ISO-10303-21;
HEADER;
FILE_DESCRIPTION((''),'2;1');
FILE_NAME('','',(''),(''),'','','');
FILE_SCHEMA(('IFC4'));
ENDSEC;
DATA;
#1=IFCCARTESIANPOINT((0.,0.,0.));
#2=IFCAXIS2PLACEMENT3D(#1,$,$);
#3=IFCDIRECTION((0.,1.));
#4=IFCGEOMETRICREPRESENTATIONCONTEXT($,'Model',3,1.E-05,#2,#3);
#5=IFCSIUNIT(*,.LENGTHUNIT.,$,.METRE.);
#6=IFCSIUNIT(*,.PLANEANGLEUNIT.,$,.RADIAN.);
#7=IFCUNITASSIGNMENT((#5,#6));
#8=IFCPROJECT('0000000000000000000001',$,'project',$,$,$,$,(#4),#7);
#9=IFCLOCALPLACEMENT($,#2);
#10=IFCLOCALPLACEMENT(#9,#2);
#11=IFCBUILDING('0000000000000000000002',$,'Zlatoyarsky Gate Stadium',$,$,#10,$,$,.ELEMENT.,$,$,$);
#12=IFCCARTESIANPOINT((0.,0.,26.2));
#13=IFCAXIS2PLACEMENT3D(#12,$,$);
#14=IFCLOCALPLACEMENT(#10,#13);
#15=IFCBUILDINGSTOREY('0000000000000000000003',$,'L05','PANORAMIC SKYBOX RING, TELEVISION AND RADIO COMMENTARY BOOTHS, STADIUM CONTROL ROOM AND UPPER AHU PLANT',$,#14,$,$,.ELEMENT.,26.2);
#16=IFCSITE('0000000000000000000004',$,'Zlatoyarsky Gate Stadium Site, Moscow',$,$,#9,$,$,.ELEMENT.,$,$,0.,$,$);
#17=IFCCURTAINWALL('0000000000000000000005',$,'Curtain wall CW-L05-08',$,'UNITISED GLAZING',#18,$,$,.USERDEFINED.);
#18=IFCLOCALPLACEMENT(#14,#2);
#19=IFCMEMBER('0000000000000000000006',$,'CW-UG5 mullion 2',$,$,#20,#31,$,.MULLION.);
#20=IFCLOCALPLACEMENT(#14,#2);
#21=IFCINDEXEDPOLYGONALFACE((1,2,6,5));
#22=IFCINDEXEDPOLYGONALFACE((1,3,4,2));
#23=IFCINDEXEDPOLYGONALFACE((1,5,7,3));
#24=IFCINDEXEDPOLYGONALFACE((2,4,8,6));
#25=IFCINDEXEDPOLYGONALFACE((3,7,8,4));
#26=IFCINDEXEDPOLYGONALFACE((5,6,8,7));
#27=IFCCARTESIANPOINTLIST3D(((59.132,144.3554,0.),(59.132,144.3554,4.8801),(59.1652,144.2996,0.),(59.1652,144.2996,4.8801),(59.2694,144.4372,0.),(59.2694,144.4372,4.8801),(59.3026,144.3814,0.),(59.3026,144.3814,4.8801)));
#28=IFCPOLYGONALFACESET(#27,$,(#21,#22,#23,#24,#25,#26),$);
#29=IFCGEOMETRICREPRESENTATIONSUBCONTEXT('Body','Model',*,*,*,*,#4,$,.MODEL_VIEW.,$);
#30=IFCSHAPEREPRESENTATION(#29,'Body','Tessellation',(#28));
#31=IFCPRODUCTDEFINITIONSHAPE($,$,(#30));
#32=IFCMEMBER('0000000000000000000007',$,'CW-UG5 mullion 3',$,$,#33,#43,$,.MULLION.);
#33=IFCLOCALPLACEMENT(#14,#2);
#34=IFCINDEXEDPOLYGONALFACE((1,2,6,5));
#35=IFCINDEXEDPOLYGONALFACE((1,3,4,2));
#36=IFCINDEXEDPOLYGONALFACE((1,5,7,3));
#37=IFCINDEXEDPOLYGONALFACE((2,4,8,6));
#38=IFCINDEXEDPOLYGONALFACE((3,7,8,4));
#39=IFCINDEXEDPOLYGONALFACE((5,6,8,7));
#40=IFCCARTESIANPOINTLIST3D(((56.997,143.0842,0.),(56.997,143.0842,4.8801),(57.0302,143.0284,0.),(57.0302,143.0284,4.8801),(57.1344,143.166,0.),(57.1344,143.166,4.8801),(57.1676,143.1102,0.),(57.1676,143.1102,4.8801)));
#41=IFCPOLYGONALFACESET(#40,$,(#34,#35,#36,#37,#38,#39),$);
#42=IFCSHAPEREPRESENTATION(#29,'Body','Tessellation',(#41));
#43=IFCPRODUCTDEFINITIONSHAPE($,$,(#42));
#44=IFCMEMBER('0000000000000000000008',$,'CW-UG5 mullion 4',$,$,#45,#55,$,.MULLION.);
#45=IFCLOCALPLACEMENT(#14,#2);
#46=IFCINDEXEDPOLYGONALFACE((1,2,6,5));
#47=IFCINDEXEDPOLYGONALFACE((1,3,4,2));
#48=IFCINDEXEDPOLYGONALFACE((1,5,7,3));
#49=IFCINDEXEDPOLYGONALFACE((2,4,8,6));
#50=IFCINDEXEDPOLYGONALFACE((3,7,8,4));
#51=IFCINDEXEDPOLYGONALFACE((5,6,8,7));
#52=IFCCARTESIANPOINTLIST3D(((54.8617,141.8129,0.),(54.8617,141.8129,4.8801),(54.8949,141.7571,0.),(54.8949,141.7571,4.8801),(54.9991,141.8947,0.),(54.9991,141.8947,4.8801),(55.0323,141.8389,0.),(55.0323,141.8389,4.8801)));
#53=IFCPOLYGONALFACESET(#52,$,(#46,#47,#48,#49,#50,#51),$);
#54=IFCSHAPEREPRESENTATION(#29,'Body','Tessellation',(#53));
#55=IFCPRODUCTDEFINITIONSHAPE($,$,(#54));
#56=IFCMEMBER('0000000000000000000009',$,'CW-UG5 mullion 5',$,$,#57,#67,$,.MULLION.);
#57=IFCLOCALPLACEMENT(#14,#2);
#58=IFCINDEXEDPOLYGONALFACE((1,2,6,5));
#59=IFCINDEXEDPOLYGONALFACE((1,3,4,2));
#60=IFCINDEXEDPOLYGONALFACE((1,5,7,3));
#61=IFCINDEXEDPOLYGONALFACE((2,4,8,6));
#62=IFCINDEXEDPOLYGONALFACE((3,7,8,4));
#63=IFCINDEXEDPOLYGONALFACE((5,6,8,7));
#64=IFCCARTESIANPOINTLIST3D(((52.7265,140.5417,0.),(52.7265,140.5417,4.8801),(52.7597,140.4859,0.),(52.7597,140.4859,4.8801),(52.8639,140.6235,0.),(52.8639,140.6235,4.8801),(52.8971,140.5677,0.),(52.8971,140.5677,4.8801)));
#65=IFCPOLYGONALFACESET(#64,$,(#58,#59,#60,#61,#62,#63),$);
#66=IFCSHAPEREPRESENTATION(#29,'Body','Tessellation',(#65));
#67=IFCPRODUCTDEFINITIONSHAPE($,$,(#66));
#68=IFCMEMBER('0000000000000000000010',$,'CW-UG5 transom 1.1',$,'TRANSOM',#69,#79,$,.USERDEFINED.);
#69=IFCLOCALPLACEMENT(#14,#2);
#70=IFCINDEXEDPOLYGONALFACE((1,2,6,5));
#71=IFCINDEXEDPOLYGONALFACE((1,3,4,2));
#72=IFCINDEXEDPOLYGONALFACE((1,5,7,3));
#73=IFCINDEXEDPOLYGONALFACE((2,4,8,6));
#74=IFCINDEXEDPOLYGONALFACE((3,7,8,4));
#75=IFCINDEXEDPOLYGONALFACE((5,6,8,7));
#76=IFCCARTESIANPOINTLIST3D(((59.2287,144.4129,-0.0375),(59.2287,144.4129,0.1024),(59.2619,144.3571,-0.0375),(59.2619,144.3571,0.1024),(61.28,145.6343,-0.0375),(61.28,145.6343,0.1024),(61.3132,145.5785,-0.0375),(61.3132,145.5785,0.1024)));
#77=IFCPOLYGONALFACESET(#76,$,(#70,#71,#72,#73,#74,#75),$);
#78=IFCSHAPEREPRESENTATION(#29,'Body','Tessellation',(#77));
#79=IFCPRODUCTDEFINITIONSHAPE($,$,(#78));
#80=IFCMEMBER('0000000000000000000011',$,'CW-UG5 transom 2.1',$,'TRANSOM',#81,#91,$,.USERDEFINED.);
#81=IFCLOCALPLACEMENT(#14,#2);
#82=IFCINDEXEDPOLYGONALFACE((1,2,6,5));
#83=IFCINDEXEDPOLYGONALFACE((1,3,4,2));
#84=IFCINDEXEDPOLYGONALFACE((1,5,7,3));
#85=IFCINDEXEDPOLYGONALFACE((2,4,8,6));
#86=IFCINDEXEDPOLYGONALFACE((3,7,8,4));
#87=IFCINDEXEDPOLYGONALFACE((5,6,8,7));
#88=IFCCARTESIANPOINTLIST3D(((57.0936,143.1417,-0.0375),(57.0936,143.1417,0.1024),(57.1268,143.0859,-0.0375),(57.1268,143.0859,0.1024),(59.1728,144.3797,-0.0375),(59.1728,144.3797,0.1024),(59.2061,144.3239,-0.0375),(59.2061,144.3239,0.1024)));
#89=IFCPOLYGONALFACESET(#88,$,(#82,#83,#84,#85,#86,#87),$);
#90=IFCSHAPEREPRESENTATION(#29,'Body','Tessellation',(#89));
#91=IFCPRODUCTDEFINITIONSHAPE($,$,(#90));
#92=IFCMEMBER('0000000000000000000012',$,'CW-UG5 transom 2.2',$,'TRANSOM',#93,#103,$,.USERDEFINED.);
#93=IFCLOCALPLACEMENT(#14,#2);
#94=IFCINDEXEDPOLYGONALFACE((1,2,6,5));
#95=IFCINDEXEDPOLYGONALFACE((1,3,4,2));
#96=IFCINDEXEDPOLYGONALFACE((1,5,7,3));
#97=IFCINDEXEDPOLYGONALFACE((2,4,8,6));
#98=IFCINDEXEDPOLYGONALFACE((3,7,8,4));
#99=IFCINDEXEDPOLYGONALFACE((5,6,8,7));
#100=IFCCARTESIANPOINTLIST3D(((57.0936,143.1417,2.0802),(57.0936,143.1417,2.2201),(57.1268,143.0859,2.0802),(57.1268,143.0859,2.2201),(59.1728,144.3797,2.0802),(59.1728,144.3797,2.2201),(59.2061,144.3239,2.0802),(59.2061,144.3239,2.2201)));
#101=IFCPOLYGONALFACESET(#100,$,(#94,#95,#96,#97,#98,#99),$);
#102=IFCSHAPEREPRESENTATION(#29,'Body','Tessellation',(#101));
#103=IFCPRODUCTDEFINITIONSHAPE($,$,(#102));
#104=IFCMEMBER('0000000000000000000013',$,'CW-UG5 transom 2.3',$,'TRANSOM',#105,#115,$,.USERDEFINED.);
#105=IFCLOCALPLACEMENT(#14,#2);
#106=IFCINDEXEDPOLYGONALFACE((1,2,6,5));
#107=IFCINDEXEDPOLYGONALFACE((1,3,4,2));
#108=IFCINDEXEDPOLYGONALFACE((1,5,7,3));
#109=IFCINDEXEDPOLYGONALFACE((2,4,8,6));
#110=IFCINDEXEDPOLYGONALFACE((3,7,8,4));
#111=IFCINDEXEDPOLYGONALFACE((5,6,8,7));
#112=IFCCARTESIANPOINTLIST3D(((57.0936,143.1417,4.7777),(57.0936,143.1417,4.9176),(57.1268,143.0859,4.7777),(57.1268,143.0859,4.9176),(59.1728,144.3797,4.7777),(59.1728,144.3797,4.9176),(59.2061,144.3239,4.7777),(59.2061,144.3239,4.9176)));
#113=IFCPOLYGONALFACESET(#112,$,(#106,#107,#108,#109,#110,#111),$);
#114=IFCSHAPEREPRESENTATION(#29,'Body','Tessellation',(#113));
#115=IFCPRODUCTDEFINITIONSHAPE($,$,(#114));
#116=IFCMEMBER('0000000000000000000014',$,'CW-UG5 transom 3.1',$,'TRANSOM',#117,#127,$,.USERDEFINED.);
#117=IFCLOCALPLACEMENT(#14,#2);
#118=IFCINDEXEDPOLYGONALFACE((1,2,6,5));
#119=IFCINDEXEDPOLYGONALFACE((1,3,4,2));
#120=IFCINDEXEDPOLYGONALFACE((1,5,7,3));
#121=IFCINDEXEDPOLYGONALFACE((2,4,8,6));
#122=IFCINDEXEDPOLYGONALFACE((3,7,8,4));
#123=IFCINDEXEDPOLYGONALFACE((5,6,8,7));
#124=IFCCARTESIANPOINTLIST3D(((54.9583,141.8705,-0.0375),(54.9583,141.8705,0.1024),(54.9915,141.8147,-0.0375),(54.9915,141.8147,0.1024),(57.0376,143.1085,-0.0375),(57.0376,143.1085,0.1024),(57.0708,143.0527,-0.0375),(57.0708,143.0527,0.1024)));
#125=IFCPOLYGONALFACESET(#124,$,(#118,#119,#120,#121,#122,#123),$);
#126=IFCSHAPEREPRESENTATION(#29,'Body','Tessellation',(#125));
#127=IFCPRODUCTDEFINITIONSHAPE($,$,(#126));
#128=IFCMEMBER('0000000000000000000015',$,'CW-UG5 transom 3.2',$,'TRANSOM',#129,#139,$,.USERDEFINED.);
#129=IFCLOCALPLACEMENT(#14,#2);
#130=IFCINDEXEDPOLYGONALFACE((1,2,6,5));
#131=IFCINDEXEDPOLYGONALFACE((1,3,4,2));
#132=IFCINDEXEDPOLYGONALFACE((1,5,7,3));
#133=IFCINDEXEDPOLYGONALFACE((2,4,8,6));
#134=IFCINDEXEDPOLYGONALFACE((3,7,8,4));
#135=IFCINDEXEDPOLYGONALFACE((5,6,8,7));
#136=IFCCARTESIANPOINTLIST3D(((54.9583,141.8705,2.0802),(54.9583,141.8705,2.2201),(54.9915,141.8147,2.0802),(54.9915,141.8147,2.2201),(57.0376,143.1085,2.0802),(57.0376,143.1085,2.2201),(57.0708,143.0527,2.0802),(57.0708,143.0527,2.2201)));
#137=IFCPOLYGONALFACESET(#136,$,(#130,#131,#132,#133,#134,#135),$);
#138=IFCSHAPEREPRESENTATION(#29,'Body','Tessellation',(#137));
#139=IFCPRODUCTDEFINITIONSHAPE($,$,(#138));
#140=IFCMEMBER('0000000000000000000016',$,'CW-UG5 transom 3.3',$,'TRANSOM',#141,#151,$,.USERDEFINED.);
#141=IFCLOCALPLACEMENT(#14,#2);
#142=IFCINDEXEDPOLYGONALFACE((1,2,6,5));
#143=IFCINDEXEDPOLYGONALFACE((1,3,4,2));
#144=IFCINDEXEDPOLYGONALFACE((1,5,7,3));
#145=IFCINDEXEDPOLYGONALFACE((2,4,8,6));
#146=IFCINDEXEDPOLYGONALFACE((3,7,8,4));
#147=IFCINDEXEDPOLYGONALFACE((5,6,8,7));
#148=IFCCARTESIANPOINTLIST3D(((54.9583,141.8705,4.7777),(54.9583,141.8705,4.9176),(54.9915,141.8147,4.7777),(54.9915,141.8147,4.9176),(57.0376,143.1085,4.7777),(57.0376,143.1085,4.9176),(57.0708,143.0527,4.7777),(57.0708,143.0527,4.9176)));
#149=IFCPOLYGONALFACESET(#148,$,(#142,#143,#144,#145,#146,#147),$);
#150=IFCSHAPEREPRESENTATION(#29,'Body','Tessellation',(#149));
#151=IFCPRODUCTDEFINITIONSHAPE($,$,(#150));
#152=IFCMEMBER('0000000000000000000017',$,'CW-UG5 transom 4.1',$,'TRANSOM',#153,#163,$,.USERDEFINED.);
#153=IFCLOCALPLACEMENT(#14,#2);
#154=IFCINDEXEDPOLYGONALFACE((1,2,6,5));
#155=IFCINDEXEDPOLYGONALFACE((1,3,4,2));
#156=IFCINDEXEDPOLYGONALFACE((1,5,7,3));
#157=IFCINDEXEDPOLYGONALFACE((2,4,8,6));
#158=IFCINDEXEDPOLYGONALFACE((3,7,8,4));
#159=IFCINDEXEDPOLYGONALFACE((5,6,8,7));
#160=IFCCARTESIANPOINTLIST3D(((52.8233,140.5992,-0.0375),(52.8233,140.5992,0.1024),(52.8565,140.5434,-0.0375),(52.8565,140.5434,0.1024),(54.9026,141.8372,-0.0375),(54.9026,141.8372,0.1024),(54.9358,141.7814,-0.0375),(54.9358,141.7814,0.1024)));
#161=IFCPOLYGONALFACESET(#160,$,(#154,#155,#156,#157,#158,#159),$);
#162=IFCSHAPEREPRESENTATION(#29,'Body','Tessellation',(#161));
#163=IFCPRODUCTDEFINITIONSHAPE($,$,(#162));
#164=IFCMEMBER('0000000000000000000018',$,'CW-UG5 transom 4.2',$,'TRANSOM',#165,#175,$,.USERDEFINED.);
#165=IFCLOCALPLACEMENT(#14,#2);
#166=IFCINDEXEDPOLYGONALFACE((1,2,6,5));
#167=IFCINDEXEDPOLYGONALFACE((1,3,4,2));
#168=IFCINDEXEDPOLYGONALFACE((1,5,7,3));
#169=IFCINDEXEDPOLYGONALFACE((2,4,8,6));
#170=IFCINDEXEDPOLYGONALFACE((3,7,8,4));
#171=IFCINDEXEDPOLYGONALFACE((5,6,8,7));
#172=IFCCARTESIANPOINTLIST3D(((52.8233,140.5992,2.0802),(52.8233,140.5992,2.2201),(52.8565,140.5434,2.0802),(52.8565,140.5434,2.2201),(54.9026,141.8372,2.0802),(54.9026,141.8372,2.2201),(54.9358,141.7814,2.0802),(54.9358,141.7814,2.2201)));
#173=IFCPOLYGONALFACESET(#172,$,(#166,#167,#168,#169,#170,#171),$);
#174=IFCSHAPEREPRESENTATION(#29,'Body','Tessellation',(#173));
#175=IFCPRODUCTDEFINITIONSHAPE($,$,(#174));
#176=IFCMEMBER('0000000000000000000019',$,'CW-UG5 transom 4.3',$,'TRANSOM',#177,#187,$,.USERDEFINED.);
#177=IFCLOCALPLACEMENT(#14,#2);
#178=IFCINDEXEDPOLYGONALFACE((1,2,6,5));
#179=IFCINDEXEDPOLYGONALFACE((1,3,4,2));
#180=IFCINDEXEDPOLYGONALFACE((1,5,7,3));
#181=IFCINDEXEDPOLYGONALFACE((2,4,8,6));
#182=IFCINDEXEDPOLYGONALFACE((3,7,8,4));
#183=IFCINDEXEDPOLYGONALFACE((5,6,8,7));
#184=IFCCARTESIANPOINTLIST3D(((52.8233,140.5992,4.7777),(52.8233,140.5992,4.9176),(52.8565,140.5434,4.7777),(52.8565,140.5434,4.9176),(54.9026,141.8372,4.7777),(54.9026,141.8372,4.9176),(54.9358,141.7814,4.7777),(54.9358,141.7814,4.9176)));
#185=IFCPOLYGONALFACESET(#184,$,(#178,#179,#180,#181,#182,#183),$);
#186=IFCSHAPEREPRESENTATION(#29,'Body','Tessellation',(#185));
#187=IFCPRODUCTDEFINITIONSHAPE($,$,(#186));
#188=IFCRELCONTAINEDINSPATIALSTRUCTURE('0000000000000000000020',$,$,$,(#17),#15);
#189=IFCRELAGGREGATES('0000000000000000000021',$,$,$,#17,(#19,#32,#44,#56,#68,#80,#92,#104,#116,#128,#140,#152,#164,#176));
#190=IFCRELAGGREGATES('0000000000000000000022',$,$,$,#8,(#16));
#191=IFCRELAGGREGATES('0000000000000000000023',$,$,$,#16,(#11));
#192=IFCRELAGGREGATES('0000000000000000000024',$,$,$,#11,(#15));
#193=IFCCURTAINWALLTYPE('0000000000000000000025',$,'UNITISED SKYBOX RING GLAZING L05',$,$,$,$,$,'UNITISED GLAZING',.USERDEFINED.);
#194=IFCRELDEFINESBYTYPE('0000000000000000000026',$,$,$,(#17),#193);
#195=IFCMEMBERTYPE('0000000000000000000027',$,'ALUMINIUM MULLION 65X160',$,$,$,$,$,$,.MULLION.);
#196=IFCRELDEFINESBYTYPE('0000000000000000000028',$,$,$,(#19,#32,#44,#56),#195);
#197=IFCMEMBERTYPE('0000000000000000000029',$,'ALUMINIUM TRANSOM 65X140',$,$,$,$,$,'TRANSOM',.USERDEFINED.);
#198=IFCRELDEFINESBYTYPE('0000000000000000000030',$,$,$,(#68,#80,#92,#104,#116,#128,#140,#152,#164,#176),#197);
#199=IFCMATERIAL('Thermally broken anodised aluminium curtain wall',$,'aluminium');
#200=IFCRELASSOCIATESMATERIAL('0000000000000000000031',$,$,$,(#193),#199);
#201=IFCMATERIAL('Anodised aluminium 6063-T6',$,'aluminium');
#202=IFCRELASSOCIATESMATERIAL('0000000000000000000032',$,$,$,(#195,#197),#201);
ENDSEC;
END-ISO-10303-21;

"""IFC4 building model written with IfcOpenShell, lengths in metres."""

from ifc_helpers import new_model, si_unit, direction, frame, origin, origin_2d, place, context, subcontext, project, spatial, rectangle, extrude, material, material_profile, profile_set, type_object, element, aggregate, save


model = new_model("IFC4")

# Units and contexts
model_context = context("Model", 3, precision=1e-05, world=origin(), true_north=direction((0.0, 1.0)))
body_context = subcontext(model_context, "Body", "Model", "MODEL_VIEW")
ifc_project = project(units=[si_unit("LENGTHUNIT", "METRE"), si_unit("PLANEANGLEUNIT", "RADIAN")], contexts=[model_context])

# Site, building, storey
site_placement = place(None, origin())
site = spatial("IfcSite", under=ifc_project, at=site_placement, Name="Zlatoyarsky Gate Stadium Site, Moscow", CompositionType="ELEMENT", RefElevation=0.0)
building_placement = place(site_placement, origin())
building = spatial("IfcBuilding", under=site, at=building_placement, Name="Zlatoyarsky Gate Stadium", CompositionType="ELEMENT")
storey_placement = place(building_placement, frame((0.0, 0.0, 26.2)))
storey = spatial("IfcBuildingStorey", under=building, at=storey_placement, Name="L05", Description="PANORAMIC SKYBOX RING, TELEVISION AND RADIO COMMENTARY BOOTHS, STADIUM CONTROL ROOM AND UPPER AHU PLANT", CompositionType="ELEMENT", Elevation=26.2)

# Curtain wall, members
ifc_material_1 = material(Name="Thermally broken anodised aluminium curtain wall", Category="aluminium")
curtain_wall_type = type_object("IfcCurtainWallType", Name="UNITISED SKYBOX RING GLAZING L05", ElementType="UNITISED GLAZING", PredefinedType="USERDEFINED", material=ifc_material_1)
curtain_wall_placement = place(storey_placement, origin())
curtain_wall = element("IfcCurtainWall", 1, at=curtain_wall_placement, inside=storey, type_object=curtain_wall_type, Name="Curtain wall CW-L05-08", ObjectType="UNITISED GLAZING", PredefinedType="USERDEFINED")
ifc_material_2 = material(Name="Anodised aluminium 6063-T6", Category="aluminium")
ifc_material_profile_1 = material_profile(ifc_material_2, rectangle(XDim=0.0649, YDim=0.1599, at=origin_2d()), Name="ALU 65X160")
ifc_profile_set_1 = profile_set([ifc_material_profile_1], Name="Anodised aluminium 6063-T6")
member_type_1 = type_object("IfcMemberType", Name="ALUMINIUM MULLION 65X160", PredefinedType="MULLION", material=ifc_profile_set_1)
member_1_placement = place(storey_placement, frame((59.2173, 144.3684, 0.0), z_axis=(0.0, 0.0, 1.0), x_axis=(0.511575, -0.859239, 0.0)))
member_1 = element("IfcMember", 2, at=member_1_placement, type_object=member_type_1, Name="CW-UG5 mullion 2", PredefinedType="MULLION", context=body_context, shape_type="SweptSolid", body=[
    extrude(rectangle(XDim=0.0649, YDim=0.1599, at=origin_2d()), origin(), (0.0, 0.0, 1.0), 4.8801),
])
member_2_placement = place(storey_placement, frame((57.0823, 143.0972, 0.0), z_axis=(0.0, 0.0, 1.0), x_axis=(0.511575, -0.859239, 0.0)))
member_2 = element("IfcMember", 3, at=member_2_placement, type_object=member_type_1, Name="CW-UG5 mullion 3", PredefinedType="MULLION", context=body_context, shape_type="SweptSolid", body=[
    extrude(rectangle(XDim=0.0649, YDim=0.1599, at=origin_2d()), origin(), (0.0, 0.0, 1.0), 4.8801),
])
member_3_placement = place(storey_placement, frame((54.947, 141.8259, 0.0), z_axis=(0.0, 0.0, 1.0), x_axis=(0.511575, -0.859239, 0.0)))
member_3 = element("IfcMember", 4, at=member_3_placement, type_object=member_type_1, Name="CW-UG5 mullion 4", PredefinedType="MULLION", context=body_context, shape_type="SweptSolid", body=[
    extrude(rectangle(XDim=0.0649, YDim=0.1599, at=origin_2d()), origin(), (0.0, 0.0, 1.0), 4.8801),
])
member_4_placement = place(storey_placement, frame((52.8118, 140.5547, 0.0), z_axis=(0.0, 0.0, 1.0), x_axis=(0.511575, -0.859239, 0.0)))
member_4 = element("IfcMember", 5, at=member_4_placement, type_object=member_type_1, Name="CW-UG5 mullion 5", PredefinedType="MULLION", context=body_context, shape_type="SweptSolid", body=[
    extrude(rectangle(XDim=0.0649, YDim=0.1599, at=origin_2d()), origin(), (0.0, 0.0, 1.0), 4.8801),
])
ifc_material_profile_2 = material_profile(ifc_material_2, rectangle(XDim=0.0649, YDim=0.1399, at=origin_2d()), Name="ALU 65X140")
ifc_profile_set_2 = profile_set([ifc_material_profile_2], Name="Anodised aluminium 6063-T6")
member_type_2 = type_object("IfcMemberType", Name="ALUMINIUM TRANSOM 65X140", ElementType="TRANSOM", PredefinedType="USERDEFINED", material=ifc_profile_set_2)
member_5_placement = place(storey_placement, frame((61.2966, 145.6064, 0.0325), z_axis=(-0.859212, -0.51162, 0.0), x_axis=(0.51162, -0.859212, 0.0)))
member_5 = element("IfcMember", 6, at=member_5_placement, type_object=member_type_2, Name="CW-UG5 transom 1.1", ObjectType="TRANSOM", PredefinedType="USERDEFINED", context=body_context, shape_type="SweptSolid", body=[
    extrude(rectangle(XDim=0.0649, YDim=0.1399, at=origin_2d()), origin(), (0.0, 0.0, 1.0), 2.3875),
])
member_6_placement = place(storey_placement, frame((59.1895, 144.3518, 0.0325), z_axis=(-0.859233, -0.511585, 0.0), x_axis=(0.511585, -0.859233, 0.0)))
member_6 = element("IfcMember", 7, at=member_6_placement, type_object=member_type_2, Name="CW-UG5 transom 2.1", ObjectType="TRANSOM", PredefinedType="USERDEFINED", context=body_context, shape_type="SweptSolid", body=[
    extrude(rectangle(XDim=0.0649, YDim=0.1399, at=origin_2d()), origin(), (0.0, 0.0, 1.0), 2.4199),
])
member_7_placement = place(storey_placement, frame((59.1895, 144.3518, 2.1501), z_axis=(-0.859233, -0.511585, 0.0), x_axis=(0.511585, -0.859233, 0.0)))
member_7 = element("IfcMember", 8, at=member_7_placement, type_object=member_type_2, Name="CW-UG5 transom 2.2", ObjectType="TRANSOM", PredefinedType="USERDEFINED", context=body_context, shape_type="SweptSolid", body=[
    extrude(rectangle(XDim=0.0649, YDim=0.1399, at=origin_2d()), origin(), (0.0, 0.0, 1.0), 2.4199),
])
member_8_placement = place(storey_placement, frame((59.1895, 144.3518, 4.8477), z_axis=(-0.859233, -0.511585, 0.0), x_axis=(0.511585, -0.859233, 0.0)))
member_8 = element("IfcMember", 9, at=member_8_placement, type_object=member_type_2, Name="CW-UG5 transom 2.3", ObjectType="TRANSOM", PredefinedType="USERDEFINED", context=body_context, shape_type="SweptSolid", body=[
    extrude(rectangle(XDim=0.0649, YDim=0.1399, at=origin_2d()), origin(), (0.0, 0.0, 1.0), 2.4199),
])
member_9_placement = place(storey_placement, frame((57.0542, 143.0806, 0.0325), z_axis=(-0.859233, -0.511585, 0.0), x_axis=(0.511585, -0.859233, 0.0)))
member_9 = element("IfcMember", 10, at=member_9_placement, type_object=member_type_2, Name="CW-UG5 transom 3.1", ObjectType="TRANSOM", PredefinedType="USERDEFINED", context=body_context, shape_type="SweptSolid", body=[
    extrude(rectangle(XDim=0.0649, YDim=0.1399, at=origin_2d()), origin(), (0.0, 0.0, 1.0), 2.4199),
])
member_10_placement = place(storey_placement, frame((57.0542, 143.0806, 2.1501), z_axis=(-0.859233, -0.511585, 0.0), x_axis=(0.511585, -0.859233, 0.0)))
member_10 = element("IfcMember", 11, at=member_10_placement, type_object=member_type_2, Name="CW-UG5 transom 3.2", ObjectType="TRANSOM", PredefinedType="USERDEFINED", context=body_context, shape_type="SweptSolid", body=[
    extrude(rectangle(XDim=0.0649, YDim=0.1399, at=origin_2d()), origin(), (0.0, 0.0, 1.0), 2.4199),
])
member_11_placement = place(storey_placement, frame((57.0542, 143.0806, 4.8477), z_axis=(-0.859233, -0.511585, 0.0), x_axis=(0.511585, -0.859233, 0.0)))
member_11 = element("IfcMember", 12, at=member_11_placement, type_object=member_type_2, Name="CW-UG5 transom 3.3", ObjectType="TRANSOM", PredefinedType="USERDEFINED", context=body_context, shape_type="SweptSolid", body=[
    extrude(rectangle(XDim=0.0649, YDim=0.1399, at=origin_2d()), origin(), (0.0, 0.0, 1.0), 2.4199),
])
member_12_placement = place(storey_placement, frame((54.9192, 141.8093, 0.0325), z_axis=(-0.859233, -0.511585, 0.0), x_axis=(0.511585, -0.859233, 0.0)))
member_12 = element("IfcMember", 13, at=member_12_placement, type_object=member_type_2, Name="CW-UG5 transom 4.1", ObjectType="TRANSOM", PredefinedType="USERDEFINED", context=body_context, shape_type="SweptSolid", body=[
    extrude(rectangle(XDim=0.0649, YDim=0.1399, at=origin_2d()), origin(), (0.0, 0.0, 1.0), 2.4199),
])
member_13_placement = place(storey_placement, frame((54.9192, 141.8093, 2.1501), z_axis=(-0.859233, -0.511585, 0.0), x_axis=(0.511585, -0.859233, 0.0)))
member_13 = element("IfcMember", 14, at=member_13_placement, type_object=member_type_2, Name="CW-UG5 transom 4.2", ObjectType="TRANSOM", PredefinedType="USERDEFINED", context=body_context, shape_type="SweptSolid", body=[
    extrude(rectangle(XDim=0.0649, YDim=0.1399, at=origin_2d()), origin(), (0.0, 0.0, 1.0), 2.4199),
])
member_14_placement = place(storey_placement, frame((54.9192, 141.8093, 4.8477), z_axis=(-0.859233, -0.511585, 0.0), x_axis=(0.511585, -0.859233, 0.0)))
member_14 = element("IfcMember", 15, at=member_14_placement, type_object=member_type_2, Name="CW-UG5 transom 4.3", ObjectType="TRANSOM", PredefinedType="USERDEFINED", context=body_context, shape_type="SweptSolid", body=[
    extrude(rectangle(XDim=0.0649, YDim=0.1399, at=origin_2d()), origin(), (0.0, 0.0, 1.0), 2.4199),
])

aggregate(curtain_wall, [member_1, member_2, member_3, member_4, member_5, member_6, member_7, member_8, member_9, member_10, member_11, member_12, member_13, member_14])

save(model, "model.ifc")
